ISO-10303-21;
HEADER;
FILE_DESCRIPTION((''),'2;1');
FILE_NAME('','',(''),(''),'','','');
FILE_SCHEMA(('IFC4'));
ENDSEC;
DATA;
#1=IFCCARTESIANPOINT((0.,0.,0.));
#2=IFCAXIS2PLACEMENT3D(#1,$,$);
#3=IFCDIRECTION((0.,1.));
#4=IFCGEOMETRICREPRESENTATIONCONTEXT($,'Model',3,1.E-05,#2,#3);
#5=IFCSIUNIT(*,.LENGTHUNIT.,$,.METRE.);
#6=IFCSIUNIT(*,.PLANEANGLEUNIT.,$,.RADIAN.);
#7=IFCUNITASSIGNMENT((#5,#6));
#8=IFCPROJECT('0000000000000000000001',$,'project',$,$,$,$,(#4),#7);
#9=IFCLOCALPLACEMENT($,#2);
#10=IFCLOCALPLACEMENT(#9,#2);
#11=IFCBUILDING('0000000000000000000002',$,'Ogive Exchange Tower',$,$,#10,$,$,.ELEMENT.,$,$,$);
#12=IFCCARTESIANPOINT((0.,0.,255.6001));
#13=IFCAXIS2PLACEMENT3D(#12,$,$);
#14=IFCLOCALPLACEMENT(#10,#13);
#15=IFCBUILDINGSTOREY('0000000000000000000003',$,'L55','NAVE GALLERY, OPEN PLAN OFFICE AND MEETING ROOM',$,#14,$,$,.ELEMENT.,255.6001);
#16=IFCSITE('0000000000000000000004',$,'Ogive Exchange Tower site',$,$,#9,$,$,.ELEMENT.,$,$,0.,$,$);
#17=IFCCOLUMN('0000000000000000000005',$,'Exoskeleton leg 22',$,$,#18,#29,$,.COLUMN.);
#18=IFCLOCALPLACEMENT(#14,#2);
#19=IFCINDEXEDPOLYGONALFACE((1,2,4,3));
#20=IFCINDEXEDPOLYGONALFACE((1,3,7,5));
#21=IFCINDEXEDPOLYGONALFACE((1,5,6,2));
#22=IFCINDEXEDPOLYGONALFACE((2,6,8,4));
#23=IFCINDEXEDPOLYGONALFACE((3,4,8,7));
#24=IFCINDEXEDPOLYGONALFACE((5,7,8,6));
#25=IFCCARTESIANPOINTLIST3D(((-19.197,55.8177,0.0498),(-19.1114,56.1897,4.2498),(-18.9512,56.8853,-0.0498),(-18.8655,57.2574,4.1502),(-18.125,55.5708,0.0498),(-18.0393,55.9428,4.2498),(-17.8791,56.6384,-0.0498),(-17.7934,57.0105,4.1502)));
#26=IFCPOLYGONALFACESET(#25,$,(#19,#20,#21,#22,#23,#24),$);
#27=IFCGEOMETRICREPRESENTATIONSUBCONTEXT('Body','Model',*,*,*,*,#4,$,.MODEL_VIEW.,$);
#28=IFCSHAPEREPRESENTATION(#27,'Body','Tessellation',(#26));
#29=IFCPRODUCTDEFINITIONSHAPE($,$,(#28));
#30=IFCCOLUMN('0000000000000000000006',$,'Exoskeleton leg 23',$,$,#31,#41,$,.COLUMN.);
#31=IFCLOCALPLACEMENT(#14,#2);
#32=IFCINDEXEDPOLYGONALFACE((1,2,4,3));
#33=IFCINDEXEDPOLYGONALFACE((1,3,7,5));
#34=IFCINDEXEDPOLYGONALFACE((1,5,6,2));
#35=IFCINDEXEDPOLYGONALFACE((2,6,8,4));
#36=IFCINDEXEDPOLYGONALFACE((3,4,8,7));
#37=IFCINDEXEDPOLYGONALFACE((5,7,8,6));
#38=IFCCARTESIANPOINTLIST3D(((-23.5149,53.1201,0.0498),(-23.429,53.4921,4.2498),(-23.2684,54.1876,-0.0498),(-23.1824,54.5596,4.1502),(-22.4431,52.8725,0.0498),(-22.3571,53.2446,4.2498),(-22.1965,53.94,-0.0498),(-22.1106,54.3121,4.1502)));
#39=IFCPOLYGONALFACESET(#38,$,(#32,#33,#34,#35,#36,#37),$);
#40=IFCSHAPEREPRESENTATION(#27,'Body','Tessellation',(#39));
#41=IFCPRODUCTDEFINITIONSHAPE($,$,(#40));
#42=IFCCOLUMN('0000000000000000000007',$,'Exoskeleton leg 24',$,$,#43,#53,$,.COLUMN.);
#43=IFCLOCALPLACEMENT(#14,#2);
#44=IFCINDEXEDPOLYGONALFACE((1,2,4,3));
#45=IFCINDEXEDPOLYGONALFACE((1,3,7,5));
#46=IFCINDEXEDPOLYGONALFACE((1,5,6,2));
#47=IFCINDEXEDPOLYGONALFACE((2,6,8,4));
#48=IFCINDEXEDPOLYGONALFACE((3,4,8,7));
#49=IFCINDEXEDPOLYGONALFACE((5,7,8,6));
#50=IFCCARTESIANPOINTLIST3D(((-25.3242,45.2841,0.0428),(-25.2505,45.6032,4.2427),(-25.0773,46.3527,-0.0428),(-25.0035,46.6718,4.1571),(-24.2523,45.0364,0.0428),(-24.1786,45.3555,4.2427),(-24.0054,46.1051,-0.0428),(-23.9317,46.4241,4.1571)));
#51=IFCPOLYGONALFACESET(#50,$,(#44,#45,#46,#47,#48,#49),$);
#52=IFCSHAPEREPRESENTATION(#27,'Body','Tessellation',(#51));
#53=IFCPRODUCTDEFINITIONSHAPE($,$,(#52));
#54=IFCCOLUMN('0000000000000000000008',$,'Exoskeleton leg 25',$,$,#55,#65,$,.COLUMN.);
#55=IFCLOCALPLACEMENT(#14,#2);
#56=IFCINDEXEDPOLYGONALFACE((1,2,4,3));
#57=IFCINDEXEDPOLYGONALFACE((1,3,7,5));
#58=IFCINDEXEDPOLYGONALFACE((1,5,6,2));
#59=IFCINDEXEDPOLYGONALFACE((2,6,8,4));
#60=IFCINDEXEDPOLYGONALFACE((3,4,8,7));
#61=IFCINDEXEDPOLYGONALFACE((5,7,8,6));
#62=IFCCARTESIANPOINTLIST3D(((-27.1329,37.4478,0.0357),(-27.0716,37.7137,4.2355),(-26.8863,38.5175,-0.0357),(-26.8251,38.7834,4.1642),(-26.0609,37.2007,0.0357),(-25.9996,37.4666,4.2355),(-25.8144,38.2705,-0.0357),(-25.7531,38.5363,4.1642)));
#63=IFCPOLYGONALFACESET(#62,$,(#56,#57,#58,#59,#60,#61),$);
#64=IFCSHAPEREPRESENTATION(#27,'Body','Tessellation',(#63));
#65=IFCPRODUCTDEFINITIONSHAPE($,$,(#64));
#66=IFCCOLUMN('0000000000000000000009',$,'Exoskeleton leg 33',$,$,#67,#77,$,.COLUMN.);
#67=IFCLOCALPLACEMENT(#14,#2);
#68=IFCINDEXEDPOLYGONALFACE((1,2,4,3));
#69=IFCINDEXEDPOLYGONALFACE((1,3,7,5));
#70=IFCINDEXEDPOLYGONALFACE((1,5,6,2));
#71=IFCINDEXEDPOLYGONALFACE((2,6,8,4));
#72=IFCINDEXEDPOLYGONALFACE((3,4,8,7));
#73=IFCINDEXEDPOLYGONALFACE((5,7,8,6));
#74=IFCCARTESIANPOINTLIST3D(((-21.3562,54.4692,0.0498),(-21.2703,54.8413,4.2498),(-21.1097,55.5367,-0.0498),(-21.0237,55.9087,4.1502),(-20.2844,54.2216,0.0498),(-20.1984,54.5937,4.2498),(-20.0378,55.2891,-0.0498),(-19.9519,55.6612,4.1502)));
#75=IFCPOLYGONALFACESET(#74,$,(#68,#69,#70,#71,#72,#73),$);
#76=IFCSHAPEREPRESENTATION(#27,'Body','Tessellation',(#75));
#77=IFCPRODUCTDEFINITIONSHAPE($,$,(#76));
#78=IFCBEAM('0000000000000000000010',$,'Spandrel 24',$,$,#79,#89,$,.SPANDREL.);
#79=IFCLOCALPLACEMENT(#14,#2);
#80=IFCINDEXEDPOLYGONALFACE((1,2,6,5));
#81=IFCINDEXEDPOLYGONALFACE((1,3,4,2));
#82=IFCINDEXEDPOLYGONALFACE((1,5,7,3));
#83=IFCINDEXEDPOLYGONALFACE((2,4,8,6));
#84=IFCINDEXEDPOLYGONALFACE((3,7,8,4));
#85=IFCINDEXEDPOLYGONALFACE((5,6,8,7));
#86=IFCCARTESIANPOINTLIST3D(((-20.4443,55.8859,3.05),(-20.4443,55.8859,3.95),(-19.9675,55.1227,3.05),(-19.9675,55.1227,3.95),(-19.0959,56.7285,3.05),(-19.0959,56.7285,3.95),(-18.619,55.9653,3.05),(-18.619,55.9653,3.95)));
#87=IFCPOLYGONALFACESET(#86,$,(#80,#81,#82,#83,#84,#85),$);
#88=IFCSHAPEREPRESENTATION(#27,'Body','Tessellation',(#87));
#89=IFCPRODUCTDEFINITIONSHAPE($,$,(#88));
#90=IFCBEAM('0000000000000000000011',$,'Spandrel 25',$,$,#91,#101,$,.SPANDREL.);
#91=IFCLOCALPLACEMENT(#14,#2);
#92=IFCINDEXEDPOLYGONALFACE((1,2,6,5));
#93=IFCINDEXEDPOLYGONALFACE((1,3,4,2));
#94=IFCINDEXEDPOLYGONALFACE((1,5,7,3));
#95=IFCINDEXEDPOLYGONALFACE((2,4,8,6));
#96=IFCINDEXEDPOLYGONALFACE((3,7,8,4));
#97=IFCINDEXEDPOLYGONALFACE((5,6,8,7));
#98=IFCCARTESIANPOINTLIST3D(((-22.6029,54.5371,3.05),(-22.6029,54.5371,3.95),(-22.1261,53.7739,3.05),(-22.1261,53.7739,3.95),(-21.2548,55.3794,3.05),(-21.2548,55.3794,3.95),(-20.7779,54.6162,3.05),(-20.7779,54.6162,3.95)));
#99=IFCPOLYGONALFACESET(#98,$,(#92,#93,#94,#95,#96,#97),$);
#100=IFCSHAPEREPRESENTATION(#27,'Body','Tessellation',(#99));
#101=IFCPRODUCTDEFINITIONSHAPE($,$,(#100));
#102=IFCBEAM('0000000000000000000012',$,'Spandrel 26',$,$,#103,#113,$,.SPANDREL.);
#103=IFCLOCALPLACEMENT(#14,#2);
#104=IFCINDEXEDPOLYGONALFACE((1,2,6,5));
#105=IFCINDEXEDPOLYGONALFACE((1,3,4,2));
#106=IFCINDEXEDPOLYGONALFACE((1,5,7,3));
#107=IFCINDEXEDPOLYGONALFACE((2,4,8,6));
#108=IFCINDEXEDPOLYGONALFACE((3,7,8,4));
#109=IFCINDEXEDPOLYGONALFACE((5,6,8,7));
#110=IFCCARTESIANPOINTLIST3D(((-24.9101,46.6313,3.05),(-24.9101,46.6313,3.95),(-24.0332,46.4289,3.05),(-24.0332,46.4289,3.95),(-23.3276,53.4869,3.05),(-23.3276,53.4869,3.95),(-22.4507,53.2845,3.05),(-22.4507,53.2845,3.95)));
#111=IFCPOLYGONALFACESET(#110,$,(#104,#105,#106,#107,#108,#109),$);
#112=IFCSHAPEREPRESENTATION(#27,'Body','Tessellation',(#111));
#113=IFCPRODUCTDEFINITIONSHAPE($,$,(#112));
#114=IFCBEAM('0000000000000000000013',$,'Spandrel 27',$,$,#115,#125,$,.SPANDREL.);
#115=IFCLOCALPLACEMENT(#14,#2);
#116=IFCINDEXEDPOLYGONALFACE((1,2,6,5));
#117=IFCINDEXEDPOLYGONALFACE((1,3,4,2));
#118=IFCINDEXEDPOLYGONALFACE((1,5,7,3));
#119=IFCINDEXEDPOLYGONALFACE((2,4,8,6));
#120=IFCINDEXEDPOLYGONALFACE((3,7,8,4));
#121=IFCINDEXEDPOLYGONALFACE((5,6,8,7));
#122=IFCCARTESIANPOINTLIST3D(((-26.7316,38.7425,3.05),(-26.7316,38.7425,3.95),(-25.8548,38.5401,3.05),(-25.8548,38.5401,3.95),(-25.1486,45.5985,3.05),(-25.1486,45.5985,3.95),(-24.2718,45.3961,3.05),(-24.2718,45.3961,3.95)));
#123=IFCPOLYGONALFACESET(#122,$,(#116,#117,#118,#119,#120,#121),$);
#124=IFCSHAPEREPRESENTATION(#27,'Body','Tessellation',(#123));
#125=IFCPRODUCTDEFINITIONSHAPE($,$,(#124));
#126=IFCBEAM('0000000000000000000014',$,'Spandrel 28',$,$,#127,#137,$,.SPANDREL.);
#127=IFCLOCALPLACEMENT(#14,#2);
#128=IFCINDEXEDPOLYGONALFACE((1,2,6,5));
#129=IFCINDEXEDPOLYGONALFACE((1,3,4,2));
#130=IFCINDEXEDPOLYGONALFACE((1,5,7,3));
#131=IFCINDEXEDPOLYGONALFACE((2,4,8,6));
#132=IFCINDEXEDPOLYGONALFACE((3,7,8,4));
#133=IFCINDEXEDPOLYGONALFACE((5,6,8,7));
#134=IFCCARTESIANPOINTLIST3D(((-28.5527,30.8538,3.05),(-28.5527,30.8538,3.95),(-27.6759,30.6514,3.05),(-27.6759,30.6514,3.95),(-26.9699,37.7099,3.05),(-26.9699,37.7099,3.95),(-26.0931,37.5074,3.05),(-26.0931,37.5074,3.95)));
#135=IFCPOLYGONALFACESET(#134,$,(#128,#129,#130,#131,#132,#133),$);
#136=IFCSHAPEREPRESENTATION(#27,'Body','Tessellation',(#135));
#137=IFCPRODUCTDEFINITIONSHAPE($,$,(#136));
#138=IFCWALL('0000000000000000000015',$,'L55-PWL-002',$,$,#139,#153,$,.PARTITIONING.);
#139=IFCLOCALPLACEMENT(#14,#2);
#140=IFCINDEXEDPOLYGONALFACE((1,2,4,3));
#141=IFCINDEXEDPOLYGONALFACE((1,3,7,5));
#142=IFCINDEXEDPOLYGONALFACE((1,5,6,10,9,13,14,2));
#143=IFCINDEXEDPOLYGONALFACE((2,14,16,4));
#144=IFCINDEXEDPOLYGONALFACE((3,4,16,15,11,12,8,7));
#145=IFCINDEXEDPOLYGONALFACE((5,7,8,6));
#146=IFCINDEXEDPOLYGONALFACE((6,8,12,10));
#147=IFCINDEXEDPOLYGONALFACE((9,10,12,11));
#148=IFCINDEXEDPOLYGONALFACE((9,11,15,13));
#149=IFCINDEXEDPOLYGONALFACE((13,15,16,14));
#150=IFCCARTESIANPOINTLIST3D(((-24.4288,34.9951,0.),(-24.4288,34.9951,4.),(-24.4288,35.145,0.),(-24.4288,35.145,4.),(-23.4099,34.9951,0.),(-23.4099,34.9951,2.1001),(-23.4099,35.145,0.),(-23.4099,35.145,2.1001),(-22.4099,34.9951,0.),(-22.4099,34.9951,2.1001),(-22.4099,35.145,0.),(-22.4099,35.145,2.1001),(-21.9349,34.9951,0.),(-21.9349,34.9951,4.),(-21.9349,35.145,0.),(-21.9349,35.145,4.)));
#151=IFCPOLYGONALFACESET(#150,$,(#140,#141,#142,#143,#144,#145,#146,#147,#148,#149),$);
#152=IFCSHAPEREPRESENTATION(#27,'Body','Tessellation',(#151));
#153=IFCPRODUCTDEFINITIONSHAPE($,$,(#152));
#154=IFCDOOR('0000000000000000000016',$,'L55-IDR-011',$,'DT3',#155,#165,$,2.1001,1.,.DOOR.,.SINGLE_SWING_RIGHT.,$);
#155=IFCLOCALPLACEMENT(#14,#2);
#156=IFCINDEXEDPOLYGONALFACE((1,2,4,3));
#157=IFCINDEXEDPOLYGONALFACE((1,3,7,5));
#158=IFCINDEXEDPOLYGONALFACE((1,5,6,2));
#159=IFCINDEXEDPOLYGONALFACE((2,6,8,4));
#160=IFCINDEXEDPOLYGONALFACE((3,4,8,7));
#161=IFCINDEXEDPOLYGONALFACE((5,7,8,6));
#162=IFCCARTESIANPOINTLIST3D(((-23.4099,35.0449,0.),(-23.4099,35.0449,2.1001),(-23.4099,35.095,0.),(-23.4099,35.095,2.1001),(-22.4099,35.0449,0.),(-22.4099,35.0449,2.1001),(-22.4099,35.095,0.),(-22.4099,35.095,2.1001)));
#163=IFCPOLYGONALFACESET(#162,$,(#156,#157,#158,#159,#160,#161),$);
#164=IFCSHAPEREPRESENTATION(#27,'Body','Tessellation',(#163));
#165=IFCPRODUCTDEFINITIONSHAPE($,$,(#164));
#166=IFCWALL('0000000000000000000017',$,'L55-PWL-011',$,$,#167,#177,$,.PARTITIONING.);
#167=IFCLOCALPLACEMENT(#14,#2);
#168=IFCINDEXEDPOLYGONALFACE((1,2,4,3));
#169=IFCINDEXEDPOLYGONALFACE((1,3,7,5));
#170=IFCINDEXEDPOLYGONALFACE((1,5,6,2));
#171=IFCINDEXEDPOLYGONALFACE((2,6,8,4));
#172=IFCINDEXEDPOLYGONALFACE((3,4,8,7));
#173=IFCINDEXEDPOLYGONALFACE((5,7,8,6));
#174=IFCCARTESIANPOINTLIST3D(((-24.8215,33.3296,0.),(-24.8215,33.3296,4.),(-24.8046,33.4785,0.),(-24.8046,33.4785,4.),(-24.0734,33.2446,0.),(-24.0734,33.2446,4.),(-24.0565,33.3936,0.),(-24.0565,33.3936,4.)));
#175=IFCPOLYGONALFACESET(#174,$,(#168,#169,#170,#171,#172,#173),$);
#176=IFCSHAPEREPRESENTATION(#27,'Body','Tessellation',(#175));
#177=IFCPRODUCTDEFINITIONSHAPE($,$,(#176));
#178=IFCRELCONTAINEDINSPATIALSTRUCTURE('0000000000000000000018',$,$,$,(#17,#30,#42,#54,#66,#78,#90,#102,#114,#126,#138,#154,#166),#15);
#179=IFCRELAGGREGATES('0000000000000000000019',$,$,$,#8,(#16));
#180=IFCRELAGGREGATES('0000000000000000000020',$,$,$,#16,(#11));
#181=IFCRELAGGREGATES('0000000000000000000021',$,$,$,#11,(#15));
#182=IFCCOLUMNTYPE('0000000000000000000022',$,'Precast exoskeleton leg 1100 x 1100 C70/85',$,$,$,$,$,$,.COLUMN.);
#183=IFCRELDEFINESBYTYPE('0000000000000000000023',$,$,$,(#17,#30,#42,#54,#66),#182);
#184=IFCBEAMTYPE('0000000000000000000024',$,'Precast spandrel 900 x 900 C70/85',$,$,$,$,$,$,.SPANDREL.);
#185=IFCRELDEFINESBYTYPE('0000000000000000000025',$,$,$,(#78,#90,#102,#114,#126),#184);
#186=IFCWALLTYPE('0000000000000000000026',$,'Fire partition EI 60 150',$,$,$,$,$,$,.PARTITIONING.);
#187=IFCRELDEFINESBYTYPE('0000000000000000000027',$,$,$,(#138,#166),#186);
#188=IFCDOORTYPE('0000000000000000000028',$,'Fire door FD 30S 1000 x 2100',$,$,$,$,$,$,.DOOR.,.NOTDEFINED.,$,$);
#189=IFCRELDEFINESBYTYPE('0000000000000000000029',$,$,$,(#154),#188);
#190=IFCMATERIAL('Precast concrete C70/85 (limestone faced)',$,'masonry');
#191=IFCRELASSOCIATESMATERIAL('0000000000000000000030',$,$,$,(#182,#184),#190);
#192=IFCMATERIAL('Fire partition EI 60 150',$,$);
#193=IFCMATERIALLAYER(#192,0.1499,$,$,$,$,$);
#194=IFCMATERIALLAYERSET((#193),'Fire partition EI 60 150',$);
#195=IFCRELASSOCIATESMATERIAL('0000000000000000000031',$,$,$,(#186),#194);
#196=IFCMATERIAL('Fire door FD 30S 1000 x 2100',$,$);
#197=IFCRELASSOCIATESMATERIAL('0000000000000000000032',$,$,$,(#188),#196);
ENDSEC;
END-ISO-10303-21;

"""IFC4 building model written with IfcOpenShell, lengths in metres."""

from ifc_helpers import new_model, si_unit, direction, frame, frame_2d, origin, origin_2d, place, context, subcontext, project, spatial, rectangle, extrude, material, layer, layer_set, material_profile, profile_set, type_object, element, fill, save


model = new_model("IFC4")

# Units and contexts
model_context = context("Model", 3, precision=1e-05, world=origin(), true_north=direction((0.0, 1.0)))
body_context = subcontext(model_context, "Body", "Model", "MODEL_VIEW")
ifc_project = project(units=[si_unit("LENGTHUNIT", "METRE"), si_unit("PLANEANGLEUNIT", "RADIAN")], contexts=[model_context])

# Site, building, storey
site_placement = place(None, origin())
site = spatial("IfcSite", under=ifc_project, at=site_placement, Name="Ogive Exchange Tower site", CompositionType="ELEMENT", RefElevation=0.0)
building_placement = place(site_placement, origin())
building = spatial("IfcBuilding", under=site, at=building_placement, Name="Ogive Exchange Tower", CompositionType="ELEMENT")
storey_placement = place(building_placement, frame((0.0, 0.0, 255.6001)))
storey = spatial("IfcBuildingStorey", under=building, at=storey_placement, Name="L55", Description="NAVE GALLERY, OPEN PLAN OFFICE AND MEETING ROOM", CompositionType="ELEMENT", Elevation=255.6001)

# Columns
ifc_material_1 = material(Name="Precast concrete C70/85 (limestone faced)", Category="masonry")
ifc_material_profile_1 = material_profile(ifc_material_1, rectangle(XDim=1.1001, YDim=1.1001, at=origin_2d()), Name="1100 x 1100")
ifc_profile_set_1 = profile_set([ifc_material_profile_1], Name="Precast concrete C70/85 (limestone faced)")
column_type = type_object("IfcColumnType", Name="Precast exoskeleton leg 1100 x 1100 C70/85", PredefinedType="COLUMN", material=ifc_profile_set_1)
for number, where, z_axis, x_axis, name in (
    (1, (-18.5381, 56.228, 0.0), (0.02032, 0.088225, 0.995893), (-0.974488, 0.224439, 0.0), "Exoskeleton leg 22"),
    (2, (-22.8557, 53.53, 0.0), (0.020377, 0.088225, 0.995892), (-0.974348, 0.225046, 0.0), "Exoskeleton leg 23"),
):
    element("IfcColumn", number, at=place(storey_placement, frame(where, z_axis=z_axis, x_axis=x_axis)), inside=storey, type_object=column_type, Name=name, PredefinedType="COLUMN", context=body_context, shape_type="SweptSolid", body=[
        extrude(rectangle(XDim=1.1001, YDim=1.1001, at=origin_2d()), origin(), (0.0, 0.0, 1.0), 4.2173),
    ])
column_1_placement = place(storey_placement, frame((-24.6648, 45.6946, 0.0), z_axis=(0.017502, 0.075745, 0.996974), x_axis=(-0.974328, 0.225132, 0.0)))
element("IfcColumn", 3, at=column_1_placement, inside=storey, type_object=column_type, Name="Exoskeleton leg 24", PredefinedType="COLUMN", context=body_context, shape_type="SweptSolid", body=[
    extrude(rectangle(XDim=1.1001, YDim=1.1001, at=origin_2d()), origin(), (0.0, 0.0, 1.0), 4.2126),
])
column_2_placement = place(storey_placement, frame((-26.4736, 37.8591, 0.0), z_axis=(0.01456, 0.06317, 0.997897), x_axis=(-0.974451, 0.224598, 0.0)))
element("IfcColumn", 4, at=column_2_placement, inside=storey, type_object=column_type, Name="Exoskeleton leg 25", PredefinedType="COLUMN", context=body_context, shape_type="SweptSolid", body=[
    extrude(rectangle(XDim=1.1001, YDim=1.1001, at=origin_2d()), origin(), (0.0, 0.0, 1.0), 4.2087),
])
column_3_placement = place(storey_placement, frame((-20.697, 54.8792, 0.0), z_axis=(0.020377, 0.088225, 0.995892), x_axis=(-0.974348, 0.225046, 0.0)))
element("IfcColumn", 5, at=column_3_placement, inside=storey, type_object=column_type, Name="Exoskeleton leg 33", PredefinedType="COLUMN", context=body_context, shape_type="SweptSolid", body=[
    extrude(rectangle(XDim=1.1001, YDim=1.1001, at=origin_2d()), origin(), (0.0, 0.0, 1.0), 4.2173),
])

# Beams
ifc_material_profile_2 = material_profile(ifc_material_1, rectangle(XDim=0.8999, YDim=0.8999, at=origin_2d()), Name="900 x 900")
ifc_profile_set_2 = profile_set([ifc_material_profile_2], Name="Precast concrete C70/85 (limestone faced)")
beam_type = type_object("IfcBeamType", Name="Precast spandrel 900 x 900 C70/85", PredefinedType="SPANDREL", material=ifc_profile_set_2)
beam_1_placement = place(storey_placement, frame((-18.8574, 56.3469, 3.5), z_axis=(-0.848059, -0.529902, 0.0), x_axis=(0.529902, -0.848059, 0.0)))
element("IfcBeam", 6, at=beam_1_placement, inside=storey, type_object=beam_type, Name="Spandrel 24", PredefinedType="SPANDREL", context=body_context, shape_type="SweptSolid", body=[
    extrude(rectangle(XDim=0.8999, YDim=0.8999, at=origin_2d()), origin(), (0.0, 0.0, 1.0), 1.5901),
])
beam_2_placement = place(storey_placement, frame((-21.0164, 54.9978, 3.5), z_axis=(-0.848085, -0.529861, 0.0), x_axis=(0.529861, -0.848085, 0.0)))
element("IfcBeam", 7, at=beam_2_placement, inside=storey, type_object=beam_type, Name="Spandrel 25", PredefinedType="SPANDREL", context=body_context, shape_type="SweptSolid", body=[
    extrude(rectangle(XDim=0.8999, YDim=0.8999, at=origin_2d()), origin(), (0.0, 0.0, 1.0), 1.5896),
])
beam_3_placement = place(storey_placement, frame((-22.8892, 53.3857, 3.5), z_axis=(-0.224918, -0.974378, 0.0), x_axis=(0.974378, -0.224918, 0.0)))
element("IfcBeam", 8, at=beam_3_placement, inside=storey, type_object=beam_type, Name="Spandrel 26", PredefinedType="SPANDREL", context=body_context, shape_type="SweptSolid", body=[
    extrude(rectangle(XDim=0.8999, YDim=0.8999, at=origin_2d()), origin(), (0.0, 0.0, 1.0), 7.0359),
])
for number, where, z_axis, x_axis, name in (
    (9, (-24.7102, 45.4973, 3.5), (-0.224976, -0.974364, 0.0), (0.974364, -0.224976, 0.0), "Spandrel 27"),
    (10, (-26.5315, 37.6086, 3.5), (-0.224943, -0.974372, 0.0), (0.974372, -0.224943, 0.0), "Spandrel 28"),
):
    element("IfcBeam", number, at=place(storey_placement, frame(where, z_axis=z_axis, x_axis=x_axis)), inside=storey, type_object=beam_type, Name=name, PredefinedType="SPANDREL", context=body_context, shape_type="SweptSolid", body=[
        extrude(rectangle(XDim=0.8999, YDim=0.8999, at=origin_2d()), origin(), (0.0, 0.0, 1.0), 7.0364),
    ])

# Wall, opening, door
ifc_material_2 = material(Name="Fire partition EI 60 150")
ifc_layer_1 = layer(ifc_material_2, 0.1499)
ifc_layer_set_1 = layer_set([ifc_layer_1], Name="Fire partition EI 60 150")
wall_type_1 = type_object("IfcWallType", Name="Fire partition EI 60 150", PredefinedType="PARTITIONING", material=ifc_layer_set_1)
wall_1_placement = place(storey_placement, frame((-24.429, 35.0701, 0.0), z_axis=(0.0, 0.0, 1.0), x_axis=(1.0, 0.0, 0.0)))
wall_1 = element("IfcWall", 11, at=wall_1_placement, inside=storey, type_object=wall_type_1, Name="L55-PWL-002", PredefinedType="PARTITIONING", context=body_context, shape_type="SweptSolid", body=[
    extrude(rectangle(XDim=2.4939, YDim=0.1499, at=frame_2d((1.2471, 0.0))), origin(), (0.0, 0.0, 1.0), 4.0),
])
opening_1_placement = place(wall_1_placement, frame((1.019, 0.0, 0.0)))
opening_1 = element("IfcOpeningElement", 12, at=opening_1_placement, cuts=wall_1, PredefinedType="OPENING", context=body_context, shape_type="SweptSolid", body=[
    extrude(rectangle(XDim=1.0, YDim=2.1001, at=frame_2d((0.5, 1.05))), frame((0.0, 0.085, 0.0), z_axis=(0.0, -1.0, 0.0), x_axis=(1.0, 0.0, 0.0)), (0.0, 0.0, 1.0), 0.1699),
])
ifc_material_3 = material(Name="Fire door FD 30S 1000 x 2100")
door_type_1 = type_object("IfcDoorType", Name="Fire door FD 30S 1000 x 2100", OperationType="NOTDEFINED", PredefinedType="DOOR", material=ifc_material_3)
door_1_placement = place(opening_1_placement, origin())
door_1 = element("IfcDoor", 13, at=door_1_placement, inside=storey, type_object=door_type_1, Name="L55-IDR-011", ObjectType="DT3", OperationType="SINGLE_SWING_RIGHT", OverallHeight=2.1001, OverallWidth=1.0, PredefinedType="DOOR", context=body_context, shape_type="SweptSolid", body=[
    extrude(rectangle(XDim=1.0, YDim=2.1001, at=frame_2d((0.5, 1.05))), frame((0.0, 0.0249, 0.0), z_axis=(0.0, -1.0, 0.0), x_axis=(1.0, 0.0, 0.0)), (0.0, 0.0, 1.0), 0.05),
])
fill(opening_1, door_1)

# Wall
wall_2_placement = place(storey_placement, frame((-24.0649, 33.3191, 0.0), z_axis=(0.0, 0.0, 1.0), x_axis=(-0.993612, 0.112851, 0.0)))
element("IfcWall", 14, at=wall_2_placement, inside=storey, type_object=wall_type_1, Name="L55-PWL-011", PredefinedType="PARTITIONING", context=body_context, shape_type="SweptSolid", body=[
    extrude(rectangle(XDim=0.7529, YDim=0.1499, at=frame_2d((0.3765, 0.0))), origin(), (0.0, 0.0, 1.0), 4.0),
])

save(model, "model.ifc")
